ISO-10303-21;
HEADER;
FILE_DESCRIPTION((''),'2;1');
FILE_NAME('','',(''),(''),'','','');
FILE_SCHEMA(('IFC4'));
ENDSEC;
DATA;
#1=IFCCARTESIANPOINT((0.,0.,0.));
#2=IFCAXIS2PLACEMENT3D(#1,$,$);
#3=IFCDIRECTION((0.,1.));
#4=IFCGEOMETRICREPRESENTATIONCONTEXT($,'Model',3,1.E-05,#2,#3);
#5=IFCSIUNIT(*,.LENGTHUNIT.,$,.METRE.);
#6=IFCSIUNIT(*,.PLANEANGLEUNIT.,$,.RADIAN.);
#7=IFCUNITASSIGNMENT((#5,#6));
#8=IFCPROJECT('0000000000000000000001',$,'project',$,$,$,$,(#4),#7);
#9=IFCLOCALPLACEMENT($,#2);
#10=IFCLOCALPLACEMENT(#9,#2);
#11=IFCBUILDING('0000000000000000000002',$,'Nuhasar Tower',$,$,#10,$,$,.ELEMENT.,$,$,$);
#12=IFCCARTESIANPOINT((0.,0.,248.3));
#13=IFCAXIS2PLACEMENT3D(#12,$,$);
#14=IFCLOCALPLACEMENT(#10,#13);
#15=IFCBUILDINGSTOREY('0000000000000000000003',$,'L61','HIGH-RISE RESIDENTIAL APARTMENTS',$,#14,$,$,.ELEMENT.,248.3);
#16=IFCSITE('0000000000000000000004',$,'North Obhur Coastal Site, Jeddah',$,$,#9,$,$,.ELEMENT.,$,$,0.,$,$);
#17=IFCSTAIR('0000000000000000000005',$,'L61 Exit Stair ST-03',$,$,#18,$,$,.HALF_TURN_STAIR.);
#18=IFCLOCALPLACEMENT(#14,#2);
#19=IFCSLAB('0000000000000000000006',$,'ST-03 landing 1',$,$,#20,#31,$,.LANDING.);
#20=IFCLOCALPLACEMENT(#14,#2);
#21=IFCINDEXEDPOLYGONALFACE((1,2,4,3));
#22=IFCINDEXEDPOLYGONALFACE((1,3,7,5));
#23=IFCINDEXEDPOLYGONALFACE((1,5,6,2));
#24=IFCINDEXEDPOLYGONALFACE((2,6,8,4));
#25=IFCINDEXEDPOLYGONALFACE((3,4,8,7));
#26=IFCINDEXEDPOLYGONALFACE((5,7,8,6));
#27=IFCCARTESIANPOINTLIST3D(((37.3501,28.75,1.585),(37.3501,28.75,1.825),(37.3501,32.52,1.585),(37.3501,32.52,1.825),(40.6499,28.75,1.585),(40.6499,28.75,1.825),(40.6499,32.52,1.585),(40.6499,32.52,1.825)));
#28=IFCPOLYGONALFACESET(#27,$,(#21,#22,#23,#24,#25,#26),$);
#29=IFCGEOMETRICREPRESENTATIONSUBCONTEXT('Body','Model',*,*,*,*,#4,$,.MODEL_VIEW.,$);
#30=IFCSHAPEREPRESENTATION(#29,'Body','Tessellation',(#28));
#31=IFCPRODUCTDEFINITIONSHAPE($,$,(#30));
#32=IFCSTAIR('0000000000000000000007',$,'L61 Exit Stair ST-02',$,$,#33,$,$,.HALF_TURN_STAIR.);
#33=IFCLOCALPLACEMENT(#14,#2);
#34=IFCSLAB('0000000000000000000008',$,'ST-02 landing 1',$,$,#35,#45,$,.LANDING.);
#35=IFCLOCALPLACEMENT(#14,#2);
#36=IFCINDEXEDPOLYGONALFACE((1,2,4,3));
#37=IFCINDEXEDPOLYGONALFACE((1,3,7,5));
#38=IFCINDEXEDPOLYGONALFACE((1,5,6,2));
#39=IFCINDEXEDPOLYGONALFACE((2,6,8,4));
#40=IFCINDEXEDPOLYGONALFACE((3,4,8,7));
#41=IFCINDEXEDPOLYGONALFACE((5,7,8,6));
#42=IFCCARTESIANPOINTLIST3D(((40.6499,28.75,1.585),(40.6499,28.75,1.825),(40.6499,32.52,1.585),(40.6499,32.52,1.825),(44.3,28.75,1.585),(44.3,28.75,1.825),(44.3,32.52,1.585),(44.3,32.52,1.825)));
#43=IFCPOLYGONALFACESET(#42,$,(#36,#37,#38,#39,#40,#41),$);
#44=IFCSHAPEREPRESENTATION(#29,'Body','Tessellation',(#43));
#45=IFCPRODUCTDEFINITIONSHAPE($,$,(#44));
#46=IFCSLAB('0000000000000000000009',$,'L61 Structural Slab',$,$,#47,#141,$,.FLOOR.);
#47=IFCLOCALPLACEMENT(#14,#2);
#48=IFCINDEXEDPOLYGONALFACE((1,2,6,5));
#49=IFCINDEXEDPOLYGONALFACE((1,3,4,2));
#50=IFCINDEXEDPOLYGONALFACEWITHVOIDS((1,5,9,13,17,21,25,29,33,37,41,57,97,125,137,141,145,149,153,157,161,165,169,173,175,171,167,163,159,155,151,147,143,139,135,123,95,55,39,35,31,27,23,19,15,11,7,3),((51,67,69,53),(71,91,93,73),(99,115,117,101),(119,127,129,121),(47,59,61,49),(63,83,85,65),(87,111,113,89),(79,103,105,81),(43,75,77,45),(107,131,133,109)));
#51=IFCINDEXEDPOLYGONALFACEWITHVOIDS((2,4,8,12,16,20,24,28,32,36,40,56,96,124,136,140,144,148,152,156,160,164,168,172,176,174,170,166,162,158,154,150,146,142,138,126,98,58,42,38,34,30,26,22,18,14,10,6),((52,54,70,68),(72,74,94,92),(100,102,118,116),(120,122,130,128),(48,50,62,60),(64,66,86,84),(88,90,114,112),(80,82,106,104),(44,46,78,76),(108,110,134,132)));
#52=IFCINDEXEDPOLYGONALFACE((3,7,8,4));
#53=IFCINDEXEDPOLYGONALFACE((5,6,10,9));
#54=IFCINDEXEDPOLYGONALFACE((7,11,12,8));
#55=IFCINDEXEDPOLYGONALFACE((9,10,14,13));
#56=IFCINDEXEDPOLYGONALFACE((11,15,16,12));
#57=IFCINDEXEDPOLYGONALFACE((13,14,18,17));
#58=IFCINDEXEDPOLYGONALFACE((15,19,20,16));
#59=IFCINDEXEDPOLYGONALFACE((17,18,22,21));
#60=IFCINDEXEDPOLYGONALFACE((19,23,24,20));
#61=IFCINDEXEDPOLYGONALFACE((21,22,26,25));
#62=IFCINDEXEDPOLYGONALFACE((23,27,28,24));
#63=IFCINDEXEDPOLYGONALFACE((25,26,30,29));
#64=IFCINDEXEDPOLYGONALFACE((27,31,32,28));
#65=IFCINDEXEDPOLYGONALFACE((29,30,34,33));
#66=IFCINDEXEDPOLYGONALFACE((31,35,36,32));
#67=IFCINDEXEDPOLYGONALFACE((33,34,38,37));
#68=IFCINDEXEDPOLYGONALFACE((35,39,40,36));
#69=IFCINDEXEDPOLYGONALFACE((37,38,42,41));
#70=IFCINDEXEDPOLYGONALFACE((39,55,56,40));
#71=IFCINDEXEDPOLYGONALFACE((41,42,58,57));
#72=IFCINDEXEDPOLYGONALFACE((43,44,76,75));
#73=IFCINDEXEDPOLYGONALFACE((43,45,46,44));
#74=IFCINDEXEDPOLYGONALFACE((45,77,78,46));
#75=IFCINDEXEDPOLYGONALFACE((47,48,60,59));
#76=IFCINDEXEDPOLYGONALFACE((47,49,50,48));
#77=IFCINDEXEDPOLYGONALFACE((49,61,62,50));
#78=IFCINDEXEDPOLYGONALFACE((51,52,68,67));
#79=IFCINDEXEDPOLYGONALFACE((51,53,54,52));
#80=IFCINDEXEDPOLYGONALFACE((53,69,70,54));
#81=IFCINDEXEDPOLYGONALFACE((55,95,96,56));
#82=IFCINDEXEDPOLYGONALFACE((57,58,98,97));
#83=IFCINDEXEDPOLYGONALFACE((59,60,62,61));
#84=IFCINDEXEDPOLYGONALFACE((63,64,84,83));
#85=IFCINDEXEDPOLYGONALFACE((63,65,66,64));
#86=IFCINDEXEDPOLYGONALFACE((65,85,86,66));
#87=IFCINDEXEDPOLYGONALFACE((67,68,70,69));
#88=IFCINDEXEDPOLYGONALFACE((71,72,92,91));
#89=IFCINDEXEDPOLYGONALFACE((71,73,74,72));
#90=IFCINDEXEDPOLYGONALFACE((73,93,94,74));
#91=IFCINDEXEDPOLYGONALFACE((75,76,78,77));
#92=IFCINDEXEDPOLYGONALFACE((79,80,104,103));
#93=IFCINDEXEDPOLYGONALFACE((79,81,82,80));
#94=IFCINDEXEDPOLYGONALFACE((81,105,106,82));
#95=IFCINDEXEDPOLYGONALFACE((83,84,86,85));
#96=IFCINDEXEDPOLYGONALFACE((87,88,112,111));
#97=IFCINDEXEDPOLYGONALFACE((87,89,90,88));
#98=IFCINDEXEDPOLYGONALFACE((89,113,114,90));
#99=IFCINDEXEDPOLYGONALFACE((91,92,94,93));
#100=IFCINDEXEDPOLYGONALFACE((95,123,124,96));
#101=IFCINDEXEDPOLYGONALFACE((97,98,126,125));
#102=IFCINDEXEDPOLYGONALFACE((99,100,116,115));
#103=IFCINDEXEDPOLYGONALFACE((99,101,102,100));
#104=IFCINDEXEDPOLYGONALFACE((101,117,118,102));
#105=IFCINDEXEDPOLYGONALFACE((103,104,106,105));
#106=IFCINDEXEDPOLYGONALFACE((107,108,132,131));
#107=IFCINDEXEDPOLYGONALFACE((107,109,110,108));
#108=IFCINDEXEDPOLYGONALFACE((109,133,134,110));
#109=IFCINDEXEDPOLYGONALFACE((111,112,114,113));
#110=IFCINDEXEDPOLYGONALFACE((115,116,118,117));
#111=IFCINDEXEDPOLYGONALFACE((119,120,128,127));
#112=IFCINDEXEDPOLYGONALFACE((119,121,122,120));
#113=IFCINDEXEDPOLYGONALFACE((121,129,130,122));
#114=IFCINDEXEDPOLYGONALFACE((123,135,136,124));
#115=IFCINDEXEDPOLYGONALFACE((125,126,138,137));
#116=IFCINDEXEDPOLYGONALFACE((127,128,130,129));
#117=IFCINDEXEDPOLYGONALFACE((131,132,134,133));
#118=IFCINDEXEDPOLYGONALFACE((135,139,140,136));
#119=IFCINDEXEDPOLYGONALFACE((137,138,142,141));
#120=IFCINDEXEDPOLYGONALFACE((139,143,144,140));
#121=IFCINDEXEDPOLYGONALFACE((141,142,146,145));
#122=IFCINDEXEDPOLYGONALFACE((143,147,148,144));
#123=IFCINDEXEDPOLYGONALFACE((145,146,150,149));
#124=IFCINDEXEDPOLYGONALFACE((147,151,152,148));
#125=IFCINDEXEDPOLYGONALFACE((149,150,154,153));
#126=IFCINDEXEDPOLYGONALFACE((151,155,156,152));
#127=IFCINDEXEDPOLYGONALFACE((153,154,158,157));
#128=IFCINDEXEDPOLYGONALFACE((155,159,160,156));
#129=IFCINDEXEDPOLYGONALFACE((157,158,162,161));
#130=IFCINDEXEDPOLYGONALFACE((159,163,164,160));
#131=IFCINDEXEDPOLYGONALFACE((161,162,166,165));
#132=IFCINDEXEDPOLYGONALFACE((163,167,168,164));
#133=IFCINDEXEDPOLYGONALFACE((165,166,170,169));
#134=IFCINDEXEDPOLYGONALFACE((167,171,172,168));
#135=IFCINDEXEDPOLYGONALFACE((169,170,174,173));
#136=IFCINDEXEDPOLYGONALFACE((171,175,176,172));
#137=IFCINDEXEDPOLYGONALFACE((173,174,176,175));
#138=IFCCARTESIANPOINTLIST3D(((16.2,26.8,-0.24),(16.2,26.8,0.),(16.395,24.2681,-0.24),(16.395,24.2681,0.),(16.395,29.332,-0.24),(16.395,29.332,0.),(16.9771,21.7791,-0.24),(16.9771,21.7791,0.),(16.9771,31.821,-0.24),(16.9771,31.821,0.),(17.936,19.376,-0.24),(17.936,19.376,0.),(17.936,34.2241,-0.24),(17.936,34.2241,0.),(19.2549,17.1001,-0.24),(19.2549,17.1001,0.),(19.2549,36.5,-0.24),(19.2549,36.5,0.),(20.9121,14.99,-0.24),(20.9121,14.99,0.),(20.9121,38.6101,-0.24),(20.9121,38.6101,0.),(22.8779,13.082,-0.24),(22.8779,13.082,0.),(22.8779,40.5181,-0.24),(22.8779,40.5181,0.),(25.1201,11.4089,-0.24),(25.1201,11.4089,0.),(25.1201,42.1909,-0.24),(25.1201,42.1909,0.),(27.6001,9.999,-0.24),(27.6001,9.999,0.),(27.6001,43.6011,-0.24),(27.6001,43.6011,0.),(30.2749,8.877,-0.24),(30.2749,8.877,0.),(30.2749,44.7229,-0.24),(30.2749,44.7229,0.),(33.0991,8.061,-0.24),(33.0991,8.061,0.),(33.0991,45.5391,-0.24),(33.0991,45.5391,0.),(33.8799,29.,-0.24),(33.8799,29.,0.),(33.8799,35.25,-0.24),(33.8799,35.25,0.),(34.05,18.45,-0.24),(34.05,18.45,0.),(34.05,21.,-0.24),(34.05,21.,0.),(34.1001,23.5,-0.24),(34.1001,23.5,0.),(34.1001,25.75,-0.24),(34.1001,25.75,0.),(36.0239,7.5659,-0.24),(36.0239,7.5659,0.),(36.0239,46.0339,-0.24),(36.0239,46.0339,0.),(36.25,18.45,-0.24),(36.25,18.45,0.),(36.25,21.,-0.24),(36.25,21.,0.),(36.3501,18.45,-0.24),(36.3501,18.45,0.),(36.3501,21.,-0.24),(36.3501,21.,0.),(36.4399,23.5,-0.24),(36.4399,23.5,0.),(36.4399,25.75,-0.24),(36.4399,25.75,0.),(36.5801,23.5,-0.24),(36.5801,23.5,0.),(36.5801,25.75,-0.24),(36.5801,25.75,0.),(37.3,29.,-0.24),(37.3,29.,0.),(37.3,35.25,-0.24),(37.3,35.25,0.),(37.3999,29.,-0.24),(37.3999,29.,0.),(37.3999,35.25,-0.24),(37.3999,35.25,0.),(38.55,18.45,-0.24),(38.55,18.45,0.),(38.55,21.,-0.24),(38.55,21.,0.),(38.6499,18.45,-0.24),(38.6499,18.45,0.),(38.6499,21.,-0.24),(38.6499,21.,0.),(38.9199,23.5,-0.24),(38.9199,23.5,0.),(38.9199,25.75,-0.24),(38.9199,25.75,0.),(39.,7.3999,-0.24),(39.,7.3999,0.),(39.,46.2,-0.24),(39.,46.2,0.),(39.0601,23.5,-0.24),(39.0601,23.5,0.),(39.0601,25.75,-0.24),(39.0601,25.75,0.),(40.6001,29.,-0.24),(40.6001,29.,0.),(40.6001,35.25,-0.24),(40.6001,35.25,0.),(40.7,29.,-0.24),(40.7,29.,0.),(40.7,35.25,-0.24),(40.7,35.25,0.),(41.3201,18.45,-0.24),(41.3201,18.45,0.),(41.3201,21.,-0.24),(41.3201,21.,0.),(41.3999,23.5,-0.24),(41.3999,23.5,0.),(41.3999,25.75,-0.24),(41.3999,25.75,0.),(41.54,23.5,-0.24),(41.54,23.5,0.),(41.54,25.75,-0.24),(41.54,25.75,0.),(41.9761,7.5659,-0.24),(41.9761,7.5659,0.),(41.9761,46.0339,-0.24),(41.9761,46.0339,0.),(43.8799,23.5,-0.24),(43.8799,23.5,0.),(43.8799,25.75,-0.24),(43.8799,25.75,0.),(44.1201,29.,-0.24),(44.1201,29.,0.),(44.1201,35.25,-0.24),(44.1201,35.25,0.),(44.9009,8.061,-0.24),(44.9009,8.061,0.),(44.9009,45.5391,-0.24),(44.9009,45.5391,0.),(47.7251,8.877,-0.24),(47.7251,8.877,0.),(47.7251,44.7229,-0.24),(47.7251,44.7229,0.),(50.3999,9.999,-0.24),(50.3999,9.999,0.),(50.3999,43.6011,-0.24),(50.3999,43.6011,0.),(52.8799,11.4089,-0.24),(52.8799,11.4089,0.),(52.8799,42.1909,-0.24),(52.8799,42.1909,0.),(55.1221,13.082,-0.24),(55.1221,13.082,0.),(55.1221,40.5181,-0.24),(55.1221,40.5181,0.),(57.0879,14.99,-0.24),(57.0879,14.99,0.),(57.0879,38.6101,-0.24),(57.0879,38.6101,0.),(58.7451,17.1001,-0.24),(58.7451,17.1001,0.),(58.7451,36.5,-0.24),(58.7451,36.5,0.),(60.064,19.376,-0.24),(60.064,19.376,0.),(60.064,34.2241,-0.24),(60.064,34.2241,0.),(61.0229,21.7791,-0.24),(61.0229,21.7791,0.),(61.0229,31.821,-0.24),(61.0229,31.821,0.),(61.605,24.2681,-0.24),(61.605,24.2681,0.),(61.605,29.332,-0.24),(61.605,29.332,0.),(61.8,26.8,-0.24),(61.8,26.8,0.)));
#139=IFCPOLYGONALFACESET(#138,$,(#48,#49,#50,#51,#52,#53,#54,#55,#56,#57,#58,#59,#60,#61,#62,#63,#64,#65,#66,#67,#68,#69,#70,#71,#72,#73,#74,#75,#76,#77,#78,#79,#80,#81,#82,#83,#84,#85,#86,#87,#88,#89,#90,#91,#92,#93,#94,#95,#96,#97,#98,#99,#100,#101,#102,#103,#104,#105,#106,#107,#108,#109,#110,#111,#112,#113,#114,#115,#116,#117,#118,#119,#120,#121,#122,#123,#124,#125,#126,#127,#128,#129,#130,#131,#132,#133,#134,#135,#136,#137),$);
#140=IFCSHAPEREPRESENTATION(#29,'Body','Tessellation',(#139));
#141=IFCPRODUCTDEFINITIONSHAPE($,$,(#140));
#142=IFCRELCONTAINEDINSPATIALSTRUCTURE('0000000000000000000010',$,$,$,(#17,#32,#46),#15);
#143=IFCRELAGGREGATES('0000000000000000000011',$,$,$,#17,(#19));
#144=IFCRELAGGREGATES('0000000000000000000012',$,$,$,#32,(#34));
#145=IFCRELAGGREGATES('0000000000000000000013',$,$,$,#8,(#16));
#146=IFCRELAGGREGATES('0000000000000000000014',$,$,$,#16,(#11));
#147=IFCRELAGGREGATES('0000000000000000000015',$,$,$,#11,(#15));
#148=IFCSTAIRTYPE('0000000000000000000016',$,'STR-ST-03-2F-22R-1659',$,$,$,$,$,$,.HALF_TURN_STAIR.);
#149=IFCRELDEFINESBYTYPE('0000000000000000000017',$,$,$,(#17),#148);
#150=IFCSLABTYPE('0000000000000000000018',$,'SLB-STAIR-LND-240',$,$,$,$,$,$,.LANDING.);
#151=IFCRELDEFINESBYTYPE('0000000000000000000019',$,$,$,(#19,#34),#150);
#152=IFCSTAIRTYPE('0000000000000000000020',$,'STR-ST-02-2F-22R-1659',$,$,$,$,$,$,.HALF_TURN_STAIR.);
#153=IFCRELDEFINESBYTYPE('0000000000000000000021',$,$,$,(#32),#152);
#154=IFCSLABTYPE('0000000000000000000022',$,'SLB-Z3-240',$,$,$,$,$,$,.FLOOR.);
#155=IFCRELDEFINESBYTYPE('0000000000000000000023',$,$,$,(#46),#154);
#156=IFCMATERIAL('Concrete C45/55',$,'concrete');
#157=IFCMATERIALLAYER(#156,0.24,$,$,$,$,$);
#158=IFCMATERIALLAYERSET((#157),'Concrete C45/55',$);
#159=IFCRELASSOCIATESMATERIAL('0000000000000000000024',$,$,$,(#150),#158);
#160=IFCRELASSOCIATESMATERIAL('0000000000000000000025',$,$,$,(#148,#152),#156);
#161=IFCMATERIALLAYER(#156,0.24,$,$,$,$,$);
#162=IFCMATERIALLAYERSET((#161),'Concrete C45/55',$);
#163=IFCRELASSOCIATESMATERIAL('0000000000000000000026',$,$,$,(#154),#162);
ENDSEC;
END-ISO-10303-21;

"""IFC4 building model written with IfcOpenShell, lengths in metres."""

from ifc_helpers import new_model, si_unit, direction, frame, origin, place, context, subcontext, project, spatial, polyline, outline, extrude, material, layer, layer_set, type_object, element, aggregate, save


model = new_model("IFC4")

# Units and contexts
model_context = context("Model", 3, precision=1e-05, world=origin(), true_north=direction((0.0, 1.0)))
body_context = subcontext(model_context, "Body", "Model", "MODEL_VIEW")
ifc_project = project(units=[si_unit("LENGTHUNIT", "METRE"), si_unit("PLANEANGLEUNIT", "RADIAN")], contexts=[model_context])

# Site, building, storey
site_placement = place(None, origin())
site = spatial("IfcSite", under=ifc_project, at=site_placement, Name="North Obhur Coastal Site, Jeddah", CompositionType="ELEMENT", RefElevation=0.0)
building_placement = place(site_placement, origin())
building = spatial("IfcBuilding", under=site, at=building_placement, Name="Nuhasar Tower", CompositionType="ELEMENT")
storey_placement = place(building_placement, frame((0.0, 0.0, 248.3)))
storey = spatial("IfcBuildingStorey", under=building, at=storey_placement, Name="L61", Description="HIGH-RISE RESIDENTIAL APARTMENTS", CompositionType="ELEMENT", Elevation=248.3)

# Stairs, slabs
ifc_material_1 = material(Name="Concrete C45/55", Category="concrete")
ifc_layer_1 = layer(ifc_material_1, 0.24)
ifc_layer_set_1 = layer_set([ifc_layer_1], Name="Concrete C45/55")
slab_type_1 = type_object("IfcSlabType", Name="SLB-STAIR-LND-240", PredefinedType="LANDING", material=ifc_layer_set_1)
stair_type_1 = type_object("IfcStairType", Name="STR-ST-03-2F-22R-1659", PredefinedType="HALF_TURN_STAIR", material=ifc_material_1)
stair_1_placement = place(storey_placement, origin())
stair_1 = element("IfcStair", 1, at=stair_1_placement, inside=storey, type_object=stair_type_1, Name="L61 Exit Stair ST-03", PredefinedType="HALF_TURN_STAIR")
slab_1_placement = place(storey_placement, frame((0.0, 0.0, 1.585)))
slab_1 = element("IfcSlab", 2, at=slab_1_placement, type_object=slab_type_1, Name="ST-03 landing 1", PredefinedType="LANDING", context=body_context, shape_type="SweptSolid", body=[
    extrude(outline(polyline([(37.3501, 28.75), (40.6499, 28.75), (40.6499, 32.52), (37.3501, 32.52), (37.3501, 28.75)])), origin(), (0.0, 0.0, 1.0), 0.24),
])
aggregate(stair_1, [slab_1])
stair_type_2 = type_object("IfcStairType", Name="STR-ST-02-2F-22R-1659", PredefinedType="HALF_TURN_STAIR", material=ifc_material_1)
stair_2_placement = place(storey_placement, origin())
stair_2 = element("IfcStair", 3, at=stair_2_placement, inside=storey, type_object=stair_type_2, Name="L61 Exit Stair ST-02", PredefinedType="HALF_TURN_STAIR")
slab_2_placement = place(storey_placement, frame((0.0, 0.0, 1.585)))
slab_2 = element("IfcSlab", 4, at=slab_2_placement, type_object=slab_type_1, Name="ST-02 landing 1", PredefinedType="LANDING", context=body_context, shape_type="SweptSolid", body=[
    extrude(outline(polyline([(40.6499, 28.75), (44.3, 28.75), (44.3, 32.52), (40.6499, 32.52), (40.6499, 28.75)])), origin(), (0.0, 0.0, 1.0), 0.24),
])
aggregate(stair_2, [slab_2])

# Slab
ifc_layer_2 = layer(ifc_material_1, 0.24)
ifc_layer_set_2 = layer_set([ifc_layer_2], Name="Concrete C45/55")
slab_type_2 = type_object("IfcSlabType", Name="SLB-Z3-240", PredefinedType="FLOOR", material=ifc_layer_set_2)
slab_3_placement = place(storey_placement, frame((0.0, 0.0, -0.24)))
element("IfcSlab", 5, at=slab_3_placement, inside=storey, type_object=slab_type_2, Name="L61 Structural Slab", PredefinedType="FLOOR", context=body_context, shape_type="SweptSolid", body=[
    extrude(outline(polyline([(61.8, 26.8), (61.605, 29.332), (61.0229, 31.821), (60.064, 34.2241), (58.7451, 36.5), (57.0879, 38.6101), (55.1221, 40.5181), (52.8799, 42.1909), (50.3999, 43.6011), (47.7251, 44.7229), (44.9009, 45.5391), (41.9761, 46.0339), (39.0, 46.2), (36.0239, 46.0339), (33.0991, 45.5391), (30.2749, 44.7229), (27.6001, 43.6011), (25.1201, 42.1909), (22.8779, 40.5181), (20.9121, 38.6101), (19.2549, 36.5), (17.936, 34.2241), (16.9771, 31.821), (16.395, 29.332), (16.2, 26.8), (16.395, 24.2681), (16.9771, 21.7791), (17.936, 19.376), (19.2549, 17.1001), (20.9121, 14.99), (22.8779, 13.082), (25.1201, 11.4089), (27.6001, 9.999), (30.2749, 8.877), (33.0991, 8.061), (36.0239, 7.5659), (39.0, 7.3999), (41.9761, 7.5659), (44.9009, 8.061), (47.7251, 8.877), (50.3999, 9.999), (52.8799, 11.4089), (55.1221, 13.082), (57.0879, 14.99), (58.7451, 17.1001), (60.064, 19.376), (61.0229, 21.7791), (61.605, 24.2681), (61.8, 26.8)]), holes=[polyline([(33.8799, 35.25), (37.3, 35.25), (37.3, 29.0), (33.8799, 29.0), (33.8799, 35.25)]), polyline([(37.3999, 35.25), (40.6001, 35.25), (40.6001, 29.0), (37.3999, 29.0), (37.3999, 35.25)]), polyline([(40.7, 35.25), (44.1201, 35.25), (44.1201, 29.0), (40.7, 29.0), (40.7, 35.25)]), polyline([(34.1001, 25.75), (36.4399, 25.75), (36.4399, 23.5), (34.1001, 23.5), (34.1001, 25.75)]), polyline([(36.5801, 25.75), (38.9199, 25.75), (38.9199, 23.5), (36.5801, 23.5), (36.5801, 25.75)]), polyline([(39.0601, 25.75), (41.3999, 25.75), (41.3999, 23.5), (39.0601, 23.5), (39.0601, 25.75)]), polyline([(41.54, 25.75), (43.8799, 25.75), (43.8799, 23.5), (41.54, 23.5), (41.54, 25.75)]), polyline([(34.05, 21.0), (36.25, 21.0), (36.25, 18.45), (34.05, 18.45), (34.05, 21.0)]), polyline([(36.3501, 21.0), (38.55, 21.0), (38.55, 18.45), (36.3501, 18.45), (36.3501, 21.0)]), polyline([(38.6499, 21.0), (41.3201, 21.0), (41.3201, 18.45), (38.6499, 18.45), (38.6499, 21.0)])]), origin(), (0.0, 0.0, 1.0), 0.24),
])

save(model, "model.ifc")
